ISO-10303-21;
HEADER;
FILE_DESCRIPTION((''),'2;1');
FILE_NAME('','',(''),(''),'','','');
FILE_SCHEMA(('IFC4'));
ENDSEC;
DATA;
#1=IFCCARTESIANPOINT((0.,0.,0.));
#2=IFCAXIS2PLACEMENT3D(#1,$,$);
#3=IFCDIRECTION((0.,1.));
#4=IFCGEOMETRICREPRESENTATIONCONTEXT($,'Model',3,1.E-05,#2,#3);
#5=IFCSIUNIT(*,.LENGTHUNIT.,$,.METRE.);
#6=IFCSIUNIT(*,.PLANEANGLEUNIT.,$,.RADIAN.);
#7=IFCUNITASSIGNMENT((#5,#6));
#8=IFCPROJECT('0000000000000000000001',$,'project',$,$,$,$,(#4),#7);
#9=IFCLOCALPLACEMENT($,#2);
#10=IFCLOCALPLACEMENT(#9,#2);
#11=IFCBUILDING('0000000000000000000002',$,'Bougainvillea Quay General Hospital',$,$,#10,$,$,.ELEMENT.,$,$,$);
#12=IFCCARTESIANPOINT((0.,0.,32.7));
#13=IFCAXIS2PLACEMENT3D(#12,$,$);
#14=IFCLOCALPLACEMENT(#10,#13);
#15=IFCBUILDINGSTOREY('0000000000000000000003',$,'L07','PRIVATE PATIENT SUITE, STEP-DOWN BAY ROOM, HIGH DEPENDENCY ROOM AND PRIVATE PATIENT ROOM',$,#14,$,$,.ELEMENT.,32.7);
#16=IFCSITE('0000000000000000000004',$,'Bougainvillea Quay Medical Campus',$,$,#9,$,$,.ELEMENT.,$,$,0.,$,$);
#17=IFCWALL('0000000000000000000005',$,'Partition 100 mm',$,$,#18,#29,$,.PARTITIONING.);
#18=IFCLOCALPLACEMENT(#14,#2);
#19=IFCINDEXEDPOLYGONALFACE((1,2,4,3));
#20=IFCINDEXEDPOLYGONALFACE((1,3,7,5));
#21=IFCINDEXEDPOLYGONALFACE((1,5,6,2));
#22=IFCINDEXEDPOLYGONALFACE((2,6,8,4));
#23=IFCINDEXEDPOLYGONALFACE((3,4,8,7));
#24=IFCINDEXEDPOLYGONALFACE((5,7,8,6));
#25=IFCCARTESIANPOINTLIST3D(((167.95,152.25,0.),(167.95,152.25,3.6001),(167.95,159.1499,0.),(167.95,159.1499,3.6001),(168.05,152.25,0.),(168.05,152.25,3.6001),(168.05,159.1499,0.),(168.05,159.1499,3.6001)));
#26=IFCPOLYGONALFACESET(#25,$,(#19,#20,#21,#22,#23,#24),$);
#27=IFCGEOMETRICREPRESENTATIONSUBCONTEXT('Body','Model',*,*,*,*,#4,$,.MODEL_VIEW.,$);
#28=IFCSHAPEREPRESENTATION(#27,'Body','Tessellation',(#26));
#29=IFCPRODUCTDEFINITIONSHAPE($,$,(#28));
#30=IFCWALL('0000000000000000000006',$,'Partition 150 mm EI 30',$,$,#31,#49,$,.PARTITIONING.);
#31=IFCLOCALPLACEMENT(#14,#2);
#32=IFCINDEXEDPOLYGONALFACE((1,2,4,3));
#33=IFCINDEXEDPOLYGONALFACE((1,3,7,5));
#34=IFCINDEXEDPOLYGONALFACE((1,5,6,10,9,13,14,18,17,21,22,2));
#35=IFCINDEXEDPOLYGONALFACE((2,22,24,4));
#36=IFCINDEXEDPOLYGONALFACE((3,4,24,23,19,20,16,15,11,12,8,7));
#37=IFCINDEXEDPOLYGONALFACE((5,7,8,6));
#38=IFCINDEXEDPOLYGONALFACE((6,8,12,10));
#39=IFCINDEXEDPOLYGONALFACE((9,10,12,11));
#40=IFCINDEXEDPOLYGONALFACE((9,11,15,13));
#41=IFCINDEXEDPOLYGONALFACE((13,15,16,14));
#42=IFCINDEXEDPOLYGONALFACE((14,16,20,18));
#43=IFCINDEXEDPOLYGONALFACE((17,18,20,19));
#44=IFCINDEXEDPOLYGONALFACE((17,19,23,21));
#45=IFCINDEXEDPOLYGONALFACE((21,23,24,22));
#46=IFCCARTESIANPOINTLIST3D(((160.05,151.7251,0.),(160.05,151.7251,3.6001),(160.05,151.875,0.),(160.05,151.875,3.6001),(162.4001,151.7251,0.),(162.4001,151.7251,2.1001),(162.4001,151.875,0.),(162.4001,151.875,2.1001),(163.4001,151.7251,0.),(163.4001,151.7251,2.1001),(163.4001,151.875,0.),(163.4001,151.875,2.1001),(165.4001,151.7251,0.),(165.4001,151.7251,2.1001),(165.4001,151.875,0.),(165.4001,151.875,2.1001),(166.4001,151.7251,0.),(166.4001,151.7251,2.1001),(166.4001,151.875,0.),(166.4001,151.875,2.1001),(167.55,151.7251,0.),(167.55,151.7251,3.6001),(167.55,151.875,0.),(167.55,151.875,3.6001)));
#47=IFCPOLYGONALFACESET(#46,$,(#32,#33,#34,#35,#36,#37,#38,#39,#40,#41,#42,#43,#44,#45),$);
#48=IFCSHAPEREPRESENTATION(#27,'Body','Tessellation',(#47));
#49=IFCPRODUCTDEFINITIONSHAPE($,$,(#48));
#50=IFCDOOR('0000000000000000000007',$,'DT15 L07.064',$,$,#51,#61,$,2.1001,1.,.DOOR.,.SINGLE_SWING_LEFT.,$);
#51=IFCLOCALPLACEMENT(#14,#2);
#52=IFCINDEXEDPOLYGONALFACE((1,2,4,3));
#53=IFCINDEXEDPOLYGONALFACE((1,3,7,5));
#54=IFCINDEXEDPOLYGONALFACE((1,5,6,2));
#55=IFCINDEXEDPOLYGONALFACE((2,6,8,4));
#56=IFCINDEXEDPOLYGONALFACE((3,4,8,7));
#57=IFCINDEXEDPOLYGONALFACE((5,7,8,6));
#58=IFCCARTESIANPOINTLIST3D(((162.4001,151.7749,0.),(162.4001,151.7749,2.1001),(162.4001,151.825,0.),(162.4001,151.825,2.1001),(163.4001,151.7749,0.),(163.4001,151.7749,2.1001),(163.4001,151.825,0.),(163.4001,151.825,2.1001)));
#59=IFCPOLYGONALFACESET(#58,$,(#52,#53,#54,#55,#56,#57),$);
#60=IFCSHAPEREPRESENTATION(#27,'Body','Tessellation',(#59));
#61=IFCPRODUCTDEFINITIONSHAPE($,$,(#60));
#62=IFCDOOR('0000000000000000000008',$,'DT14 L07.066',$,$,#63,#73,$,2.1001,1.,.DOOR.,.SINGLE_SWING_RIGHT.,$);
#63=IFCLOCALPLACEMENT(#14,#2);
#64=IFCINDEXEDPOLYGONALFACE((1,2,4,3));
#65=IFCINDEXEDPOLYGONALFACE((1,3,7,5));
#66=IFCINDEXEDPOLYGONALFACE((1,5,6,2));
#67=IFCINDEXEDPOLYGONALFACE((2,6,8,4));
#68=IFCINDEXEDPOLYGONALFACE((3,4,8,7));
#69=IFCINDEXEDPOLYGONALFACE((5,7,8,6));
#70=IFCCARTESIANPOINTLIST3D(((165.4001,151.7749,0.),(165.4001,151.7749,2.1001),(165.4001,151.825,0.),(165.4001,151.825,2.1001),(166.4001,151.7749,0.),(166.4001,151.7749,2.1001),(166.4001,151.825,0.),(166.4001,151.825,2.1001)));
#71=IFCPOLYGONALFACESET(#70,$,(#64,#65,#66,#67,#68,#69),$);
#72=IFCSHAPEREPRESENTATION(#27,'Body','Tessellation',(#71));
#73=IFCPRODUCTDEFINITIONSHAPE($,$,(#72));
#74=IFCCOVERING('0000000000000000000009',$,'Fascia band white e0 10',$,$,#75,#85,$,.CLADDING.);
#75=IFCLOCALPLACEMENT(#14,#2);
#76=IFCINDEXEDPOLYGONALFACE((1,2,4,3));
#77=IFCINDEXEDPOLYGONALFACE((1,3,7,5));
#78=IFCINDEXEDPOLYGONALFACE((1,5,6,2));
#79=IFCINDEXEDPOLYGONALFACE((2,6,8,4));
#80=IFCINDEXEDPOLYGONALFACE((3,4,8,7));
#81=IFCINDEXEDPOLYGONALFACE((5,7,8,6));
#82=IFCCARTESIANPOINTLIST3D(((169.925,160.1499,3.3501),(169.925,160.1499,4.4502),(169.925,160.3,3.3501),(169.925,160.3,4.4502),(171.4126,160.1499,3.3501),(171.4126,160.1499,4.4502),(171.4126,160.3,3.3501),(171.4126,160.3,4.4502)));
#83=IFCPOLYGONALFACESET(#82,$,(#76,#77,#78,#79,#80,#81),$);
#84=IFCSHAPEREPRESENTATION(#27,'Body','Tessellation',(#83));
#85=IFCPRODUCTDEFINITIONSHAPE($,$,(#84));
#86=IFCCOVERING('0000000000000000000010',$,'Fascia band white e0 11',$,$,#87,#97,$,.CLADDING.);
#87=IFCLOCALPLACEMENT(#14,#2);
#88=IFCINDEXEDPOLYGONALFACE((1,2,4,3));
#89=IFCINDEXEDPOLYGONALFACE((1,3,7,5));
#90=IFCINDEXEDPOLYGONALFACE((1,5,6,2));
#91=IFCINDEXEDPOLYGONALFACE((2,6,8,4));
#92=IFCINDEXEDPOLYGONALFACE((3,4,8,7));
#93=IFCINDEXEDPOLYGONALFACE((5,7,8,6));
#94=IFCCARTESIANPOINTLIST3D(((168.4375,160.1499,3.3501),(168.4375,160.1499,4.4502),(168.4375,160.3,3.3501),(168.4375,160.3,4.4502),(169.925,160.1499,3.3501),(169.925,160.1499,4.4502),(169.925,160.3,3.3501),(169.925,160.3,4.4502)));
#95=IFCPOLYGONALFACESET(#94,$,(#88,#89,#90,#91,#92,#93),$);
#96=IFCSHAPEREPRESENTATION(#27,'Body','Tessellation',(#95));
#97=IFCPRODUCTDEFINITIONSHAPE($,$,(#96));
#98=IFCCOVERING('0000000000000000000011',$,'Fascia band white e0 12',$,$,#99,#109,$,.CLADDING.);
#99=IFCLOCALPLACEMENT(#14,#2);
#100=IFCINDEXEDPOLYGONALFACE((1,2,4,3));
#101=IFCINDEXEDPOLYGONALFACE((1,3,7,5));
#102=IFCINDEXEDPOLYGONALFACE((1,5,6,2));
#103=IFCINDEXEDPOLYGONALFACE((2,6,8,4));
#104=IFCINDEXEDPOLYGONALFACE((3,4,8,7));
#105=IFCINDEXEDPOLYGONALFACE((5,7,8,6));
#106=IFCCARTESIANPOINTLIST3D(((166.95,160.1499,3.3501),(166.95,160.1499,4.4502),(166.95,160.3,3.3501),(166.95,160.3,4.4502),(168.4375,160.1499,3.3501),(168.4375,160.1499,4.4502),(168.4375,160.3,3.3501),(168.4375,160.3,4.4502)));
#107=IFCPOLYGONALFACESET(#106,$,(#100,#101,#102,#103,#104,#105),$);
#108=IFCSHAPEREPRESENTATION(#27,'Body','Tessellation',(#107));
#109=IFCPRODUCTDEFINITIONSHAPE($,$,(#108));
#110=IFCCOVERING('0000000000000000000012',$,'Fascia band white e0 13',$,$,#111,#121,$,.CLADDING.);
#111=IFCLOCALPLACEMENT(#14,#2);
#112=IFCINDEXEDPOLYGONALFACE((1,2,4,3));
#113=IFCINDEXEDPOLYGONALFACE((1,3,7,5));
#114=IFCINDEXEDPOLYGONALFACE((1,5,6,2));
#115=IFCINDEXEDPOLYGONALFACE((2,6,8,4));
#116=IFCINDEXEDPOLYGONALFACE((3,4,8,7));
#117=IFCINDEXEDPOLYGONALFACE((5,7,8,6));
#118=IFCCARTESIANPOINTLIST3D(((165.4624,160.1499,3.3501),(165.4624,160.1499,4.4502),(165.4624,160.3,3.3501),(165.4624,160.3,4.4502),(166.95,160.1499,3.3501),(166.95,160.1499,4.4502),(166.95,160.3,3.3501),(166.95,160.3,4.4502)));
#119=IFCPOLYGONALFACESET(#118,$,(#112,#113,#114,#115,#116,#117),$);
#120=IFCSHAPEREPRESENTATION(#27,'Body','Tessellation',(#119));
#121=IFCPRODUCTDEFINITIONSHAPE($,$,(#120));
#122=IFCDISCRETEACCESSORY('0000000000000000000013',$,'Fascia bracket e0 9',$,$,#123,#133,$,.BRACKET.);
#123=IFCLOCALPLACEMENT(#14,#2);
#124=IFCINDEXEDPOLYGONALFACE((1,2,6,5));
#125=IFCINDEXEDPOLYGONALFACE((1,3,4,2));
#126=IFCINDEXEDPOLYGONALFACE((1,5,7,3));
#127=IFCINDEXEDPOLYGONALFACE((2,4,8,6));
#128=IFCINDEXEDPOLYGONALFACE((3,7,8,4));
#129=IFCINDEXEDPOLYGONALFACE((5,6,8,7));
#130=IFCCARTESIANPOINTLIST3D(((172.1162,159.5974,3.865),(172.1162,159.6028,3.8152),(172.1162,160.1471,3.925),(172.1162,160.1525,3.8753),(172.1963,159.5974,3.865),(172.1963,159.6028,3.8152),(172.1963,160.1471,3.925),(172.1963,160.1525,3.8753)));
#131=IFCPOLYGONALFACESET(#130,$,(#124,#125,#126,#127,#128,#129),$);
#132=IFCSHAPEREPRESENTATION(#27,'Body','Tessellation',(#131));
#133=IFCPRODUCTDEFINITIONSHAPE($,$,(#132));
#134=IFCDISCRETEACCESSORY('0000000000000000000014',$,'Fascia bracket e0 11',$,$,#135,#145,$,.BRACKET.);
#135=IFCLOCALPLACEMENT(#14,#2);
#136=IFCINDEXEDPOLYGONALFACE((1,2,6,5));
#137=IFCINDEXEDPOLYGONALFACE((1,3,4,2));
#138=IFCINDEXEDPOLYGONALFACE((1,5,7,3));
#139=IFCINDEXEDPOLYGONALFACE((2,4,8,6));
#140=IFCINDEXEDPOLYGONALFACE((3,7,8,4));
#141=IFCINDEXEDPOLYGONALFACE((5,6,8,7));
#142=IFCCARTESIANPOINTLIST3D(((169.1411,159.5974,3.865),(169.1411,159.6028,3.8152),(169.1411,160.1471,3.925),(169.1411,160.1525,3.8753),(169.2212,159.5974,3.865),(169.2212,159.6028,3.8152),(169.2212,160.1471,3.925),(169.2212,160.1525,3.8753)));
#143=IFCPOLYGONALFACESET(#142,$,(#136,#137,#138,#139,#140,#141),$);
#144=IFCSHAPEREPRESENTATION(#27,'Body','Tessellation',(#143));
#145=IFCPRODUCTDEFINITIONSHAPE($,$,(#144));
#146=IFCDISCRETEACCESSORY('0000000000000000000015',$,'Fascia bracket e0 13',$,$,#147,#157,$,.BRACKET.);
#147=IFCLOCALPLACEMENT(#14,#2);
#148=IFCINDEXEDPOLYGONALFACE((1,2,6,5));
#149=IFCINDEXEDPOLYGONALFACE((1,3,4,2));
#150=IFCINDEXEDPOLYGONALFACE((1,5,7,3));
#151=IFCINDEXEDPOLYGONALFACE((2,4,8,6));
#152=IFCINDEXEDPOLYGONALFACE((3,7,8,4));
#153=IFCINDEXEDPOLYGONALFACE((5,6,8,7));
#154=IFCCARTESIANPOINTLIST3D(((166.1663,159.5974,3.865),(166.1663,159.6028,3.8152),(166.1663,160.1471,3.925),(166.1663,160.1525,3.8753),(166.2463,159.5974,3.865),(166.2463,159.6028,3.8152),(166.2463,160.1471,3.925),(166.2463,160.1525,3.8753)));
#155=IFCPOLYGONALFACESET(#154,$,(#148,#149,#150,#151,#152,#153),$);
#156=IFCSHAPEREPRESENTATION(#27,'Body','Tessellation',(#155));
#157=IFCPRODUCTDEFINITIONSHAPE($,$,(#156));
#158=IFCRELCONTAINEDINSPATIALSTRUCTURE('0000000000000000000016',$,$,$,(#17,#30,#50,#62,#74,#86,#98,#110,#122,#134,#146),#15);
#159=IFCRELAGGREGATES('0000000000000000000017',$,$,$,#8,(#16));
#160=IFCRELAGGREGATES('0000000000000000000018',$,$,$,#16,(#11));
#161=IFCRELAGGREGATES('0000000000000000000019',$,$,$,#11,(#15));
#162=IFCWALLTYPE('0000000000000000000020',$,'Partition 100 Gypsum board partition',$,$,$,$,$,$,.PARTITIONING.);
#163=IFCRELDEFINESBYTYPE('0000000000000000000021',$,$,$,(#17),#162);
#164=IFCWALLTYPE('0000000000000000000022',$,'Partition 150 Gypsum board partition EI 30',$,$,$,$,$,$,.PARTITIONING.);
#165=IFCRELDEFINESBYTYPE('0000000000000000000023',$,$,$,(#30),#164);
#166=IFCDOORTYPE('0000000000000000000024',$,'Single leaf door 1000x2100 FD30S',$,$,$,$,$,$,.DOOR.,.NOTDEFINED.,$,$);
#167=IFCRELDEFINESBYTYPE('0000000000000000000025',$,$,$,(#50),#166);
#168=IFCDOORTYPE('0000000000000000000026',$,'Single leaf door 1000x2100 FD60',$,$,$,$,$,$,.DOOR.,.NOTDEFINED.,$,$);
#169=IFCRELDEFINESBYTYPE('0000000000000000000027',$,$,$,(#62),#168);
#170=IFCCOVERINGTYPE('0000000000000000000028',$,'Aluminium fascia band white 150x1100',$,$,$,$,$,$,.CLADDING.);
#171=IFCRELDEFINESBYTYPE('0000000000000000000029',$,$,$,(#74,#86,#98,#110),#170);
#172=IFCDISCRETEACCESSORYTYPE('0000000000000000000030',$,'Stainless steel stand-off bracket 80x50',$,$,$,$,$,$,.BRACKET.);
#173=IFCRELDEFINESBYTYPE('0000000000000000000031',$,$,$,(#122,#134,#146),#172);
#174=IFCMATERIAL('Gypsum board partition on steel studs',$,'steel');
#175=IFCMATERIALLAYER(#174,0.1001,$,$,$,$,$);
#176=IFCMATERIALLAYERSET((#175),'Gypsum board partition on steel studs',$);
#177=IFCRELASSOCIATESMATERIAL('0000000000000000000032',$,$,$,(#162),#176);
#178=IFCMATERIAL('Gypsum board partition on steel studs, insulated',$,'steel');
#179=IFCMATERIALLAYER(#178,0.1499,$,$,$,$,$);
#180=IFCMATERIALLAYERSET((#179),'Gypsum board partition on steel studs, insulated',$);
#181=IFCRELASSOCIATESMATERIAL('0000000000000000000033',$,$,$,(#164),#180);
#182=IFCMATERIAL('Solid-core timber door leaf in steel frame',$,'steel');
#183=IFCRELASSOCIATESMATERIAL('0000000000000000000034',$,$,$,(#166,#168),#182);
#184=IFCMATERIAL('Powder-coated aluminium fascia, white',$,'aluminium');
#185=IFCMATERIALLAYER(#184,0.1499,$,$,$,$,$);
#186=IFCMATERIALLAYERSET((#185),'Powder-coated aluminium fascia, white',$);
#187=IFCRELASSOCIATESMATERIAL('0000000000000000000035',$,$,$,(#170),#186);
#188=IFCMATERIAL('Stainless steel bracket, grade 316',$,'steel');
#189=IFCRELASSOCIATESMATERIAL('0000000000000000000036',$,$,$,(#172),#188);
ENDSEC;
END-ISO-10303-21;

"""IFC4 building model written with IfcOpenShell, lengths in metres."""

from ifc_helpers import new_model, si_unit, direction, frame, frame_2d, origin, origin_2d, place, context, subcontext, project, spatial, polyline, rectangle, outline, extrude, material, layer, layer_set, material_profile, profile_set, type_object, element, fill, save


model = new_model("IFC4")

# Units and contexts
model_context = context("Model", 3, precision=1e-05, world=origin(), true_north=direction((0.0, 1.0)))
body_context = subcontext(model_context, "Body", "Model", "MODEL_VIEW")
ifc_project = project(units=[si_unit("LENGTHUNIT", "METRE"), si_unit("PLANEANGLEUNIT", "RADIAN")], contexts=[model_context])

# Site, building, storey
site_placement = place(None, origin())
site = spatial("IfcSite", under=ifc_project, at=site_placement, Name="Bougainvillea Quay Medical Campus", CompositionType="ELEMENT", RefElevation=0.0)
building_placement = place(site_placement, origin())
building = spatial("IfcBuilding", under=site, at=building_placement, Name="Bougainvillea Quay General Hospital", CompositionType="ELEMENT")
storey_placement = place(building_placement, frame((0.0, 0.0, 32.7)))
storey = spatial("IfcBuildingStorey", under=building, at=storey_placement, Name="L07", Description="PRIVATE PATIENT SUITE, STEP-DOWN BAY ROOM, HIGH DEPENDENCY ROOM AND PRIVATE PATIENT ROOM", CompositionType="ELEMENT", Elevation=32.7)

# Wall
ifc_material_1 = material(Name="Gypsum board partition on steel studs", Category="steel")
ifc_layer_1 = layer(ifc_material_1, 0.1001)
ifc_layer_set_1 = layer_set([ifc_layer_1], Name="Gypsum board partition on steel studs")
wall_type_1 = type_object("IfcWallType", Name="Partition 100 Gypsum board partition", PredefinedType="PARTITIONING", material=ifc_layer_set_1)
wall_1_placement = place(storey_placement, frame((168.0, 152.25, 0.0), z_axis=(0.0, 0.0, 1.0), x_axis=(0.0, 1.0, 0.0)))
element("IfcWall", 1, at=wall_1_placement, inside=storey, type_object=wall_type_1, Name="Partition 100 mm", PredefinedType="PARTITIONING", context=body_context, shape_type="SweptSolid", body=[
    extrude(rectangle(XDim=6.8999, YDim=0.1001, at=frame_2d((3.45, 0.0))), origin(), (0.0, 0.0, 1.0), 3.6001),
])

# Wall, openings, doors
ifc_material_2 = material(Name="Gypsum board partition on steel studs, insulated", Category="steel")
ifc_layer_2 = layer(ifc_material_2, 0.1499)
ifc_layer_set_2 = layer_set([ifc_layer_2], Name="Gypsum board partition on steel studs, insulated")
wall_type_2 = type_object("IfcWallType", Name="Partition 150 Gypsum board partition EI 30", PredefinedType="PARTITIONING", material=ifc_layer_set_2)
wall_2_placement = place(storey_placement, frame((167.55, 151.8, 0.0), z_axis=(0.0, 0.0, 1.0), x_axis=(-1.0, 0.0, 0.0)))
wall_2 = element("IfcWall", 2, at=wall_2_placement, inside=storey, type_object=wall_type_2, Name="Partition 150 mm EI 30", PredefinedType="PARTITIONING", context=body_context, shape_type="SweptSolid", body=[
    extrude(rectangle(XDim=7.5, YDim=0.1499, at=frame_2d((3.75, 0.0))), origin(), (0.0, 0.0, 1.0), 3.6001),
])
opening_1_placement = place(wall_2_placement, frame((4.1499, 0.0, 0.0)))
opening_1 = element("IfcOpeningElement", 3, at=opening_1_placement, cuts=wall_2, PredefinedType="OPENING", context=body_context, shape_type="SweptSolid", body=[
    extrude(rectangle(XDim=1.0, YDim=2.1001, at=frame_2d((0.5, 1.05))), frame((0.0, 0.085, 0.0), z_axis=(0.0, -1.0, 0.0), x_axis=(1.0, 0.0, 0.0)), (0.0, 0.0, 1.0), 0.1699),
])
opening_2_placement = place(wall_2_placement, frame((1.1499, 0.0, 0.0)))
opening_2 = element("IfcOpeningElement", 4, at=opening_2_placement, cuts=wall_2, PredefinedType="OPENING", context=body_context, shape_type="SweptSolid", body=[
    extrude(rectangle(XDim=1.0, YDim=2.1001, at=frame_2d((0.5, 1.05))), frame((0.0, 0.085, 0.0), z_axis=(0.0, -1.0, 0.0), x_axis=(1.0, 0.0, 0.0)), (0.0, 0.0, 1.0), 0.1699),
])
ifc_material_3 = material(Name="Solid-core timber door leaf in steel frame", Category="steel")
door_type_1 = type_object("IfcDoorType", Name="Single leaf door 1000x2100 FD30S", OperationType="NOTDEFINED", PredefinedType="DOOR", material=ifc_material_3)
door_1_placement = place(opening_1_placement, frame((1.0, 0.0, 0.0), z_axis=(0.0, 0.0, 1.0), x_axis=(-1.0, 0.0, 0.0)))
door_1 = element("IfcDoor", 5, at=door_1_placement, inside=storey, type_object=door_type_1, Name="DT15 L07.064", OperationType="SINGLE_SWING_LEFT", OverallHeight=2.1001, OverallWidth=1.0, PredefinedType="DOOR", context=body_context, shape_type="SweptSolid", body=[
    extrude(rectangle(XDim=1.0, YDim=2.1001, at=frame_2d((0.5, 1.05))), frame((0.0, 0.0249, 0.0), z_axis=(0.0, -1.0, 0.0), x_axis=(1.0, 0.0, 0.0)), (0.0, 0.0, 1.0), 0.05),
])
fill(opening_1, door_1)
door_type_2 = type_object("IfcDoorType", Name="Single leaf door 1000x2100 FD60", OperationType="NOTDEFINED", PredefinedType="DOOR", material=ifc_material_3)
door_2_placement = place(opening_2_placement, frame((1.0, 0.0, 0.0), z_axis=(0.0, 0.0, 1.0), x_axis=(-1.0, 0.0, 0.0)))
door_2 = element("IfcDoor", 6, at=door_2_placement, inside=storey, type_object=door_type_2, Name="DT14 L07.066", OperationType="SINGLE_SWING_RIGHT", OverallHeight=2.1001, OverallWidth=1.0, PredefinedType="DOOR", context=body_context, shape_type="SweptSolid", body=[
    extrude(rectangle(XDim=1.0, YDim=2.1001, at=frame_2d((0.5, 1.05))), frame((0.0, 0.0249, 0.0), z_axis=(0.0, -1.0, 0.0), x_axis=(1.0, 0.0, 0.0)), (0.0, 0.0, 1.0), 0.05),
])
fill(opening_2, door_2)

# Coverings
ifc_material_4 = material(Name="Powder-coated aluminium fascia, white", Category="aluminium")
ifc_layer_3 = layer(ifc_material_4, 0.1499)
ifc_layer_set_3 = layer_set([ifc_layer_3], Name="Powder-coated aluminium fascia, white")
covering_type = type_object("IfcCoveringType", Name="Aluminium fascia band white 150x1100", PredefinedType="CLADDING", material=ifc_layer_set_3)
for number, where, z_axis, x_axis, name in (
    (7, (171.4126, 160.1499, 3.3501), (0.0, 0.0, 1.0), (-1.0, 0.0, 0.0), "Fascia band white e0 10"),
    (8, (169.925, 160.1499, 3.3501), (0.0, 0.0, 1.0), (-1.0, 0.0, 0.0), "Fascia band white e0 11"),
    (9, (168.4375, 160.1499, 3.3501), (0.0, 0.0, 1.0), (-1.0, 0.0, 0.0), "Fascia band white e0 12"),
    (10, (166.95, 160.1499, 3.3501), (0.0, 0.0, 1.0), (-1.0, 0.0, 0.0), "Fascia band white e0 13"),
):
    element("IfcCovering", number, at=place(storey_placement, frame(where, z_axis=z_axis, x_axis=x_axis)), inside=storey, type_object=covering_type, Name=name, PredefinedType="CLADDING", context=body_context, shape_type="SweptSolid", body=[
        extrude(outline(polyline([(0.0, 0.0), (1.4875, 0.0), (1.4875, -0.1501), (0.0, -0.1501), (0.0, 0.0)])), origin(), (0.0, 0.0, 1.0), 1.1001),
    ])

# Discrete accessories
ifc_material_5 = material(Name="Stainless steel bracket, grade 316", Category="steel")
ifc_material_profile_1 = material_profile(ifc_material_5, rectangle(XDim=0.0801, YDim=0.05, at=origin_2d()))
ifc_profile_set_1 = profile_set([ifc_material_profile_1], Name="Stainless steel bracket, grade 316")
discrete_accessory_type = type_object("IfcDiscreteAccessoryType", Name="Stainless steel stand-off bracket 80x50", PredefinedType="BRACKET", material=ifc_profile_set_1)
for number, where, z_axis, x_axis, name in (
    (11, (172.1562, 159.6001, 3.8401), (0.0, 0.994087, 0.10859), (-1.0, 0.0, 0.0), "Fascia bracket e0 9"),
    (12, (169.1812, 159.6001, 3.8401), (0.0, 0.994087, 0.10859), (-1.0, 0.0, 0.0), "Fascia bracket e0 11"),
    (13, (166.2063, 159.6001, 3.8401), (0.0, 0.994087, 0.10859), (-1.0, 0.0, 0.0), "Fascia bracket e0 13"),
):
    element("IfcDiscreteAccessory", number, at=place(storey_placement, frame(where, z_axis=z_axis, x_axis=x_axis)), inside=storey, type_object=discrete_accessory_type, Name=name, PredefinedType="BRACKET", context=body_context, shape_type="SweptSolid", body=[
        extrude(rectangle(XDim=0.0801, YDim=0.05, at=origin_2d()), origin(), (0.0, 0.0, 1.0), 0.553),
    ])

save(model, "model.ifc")
